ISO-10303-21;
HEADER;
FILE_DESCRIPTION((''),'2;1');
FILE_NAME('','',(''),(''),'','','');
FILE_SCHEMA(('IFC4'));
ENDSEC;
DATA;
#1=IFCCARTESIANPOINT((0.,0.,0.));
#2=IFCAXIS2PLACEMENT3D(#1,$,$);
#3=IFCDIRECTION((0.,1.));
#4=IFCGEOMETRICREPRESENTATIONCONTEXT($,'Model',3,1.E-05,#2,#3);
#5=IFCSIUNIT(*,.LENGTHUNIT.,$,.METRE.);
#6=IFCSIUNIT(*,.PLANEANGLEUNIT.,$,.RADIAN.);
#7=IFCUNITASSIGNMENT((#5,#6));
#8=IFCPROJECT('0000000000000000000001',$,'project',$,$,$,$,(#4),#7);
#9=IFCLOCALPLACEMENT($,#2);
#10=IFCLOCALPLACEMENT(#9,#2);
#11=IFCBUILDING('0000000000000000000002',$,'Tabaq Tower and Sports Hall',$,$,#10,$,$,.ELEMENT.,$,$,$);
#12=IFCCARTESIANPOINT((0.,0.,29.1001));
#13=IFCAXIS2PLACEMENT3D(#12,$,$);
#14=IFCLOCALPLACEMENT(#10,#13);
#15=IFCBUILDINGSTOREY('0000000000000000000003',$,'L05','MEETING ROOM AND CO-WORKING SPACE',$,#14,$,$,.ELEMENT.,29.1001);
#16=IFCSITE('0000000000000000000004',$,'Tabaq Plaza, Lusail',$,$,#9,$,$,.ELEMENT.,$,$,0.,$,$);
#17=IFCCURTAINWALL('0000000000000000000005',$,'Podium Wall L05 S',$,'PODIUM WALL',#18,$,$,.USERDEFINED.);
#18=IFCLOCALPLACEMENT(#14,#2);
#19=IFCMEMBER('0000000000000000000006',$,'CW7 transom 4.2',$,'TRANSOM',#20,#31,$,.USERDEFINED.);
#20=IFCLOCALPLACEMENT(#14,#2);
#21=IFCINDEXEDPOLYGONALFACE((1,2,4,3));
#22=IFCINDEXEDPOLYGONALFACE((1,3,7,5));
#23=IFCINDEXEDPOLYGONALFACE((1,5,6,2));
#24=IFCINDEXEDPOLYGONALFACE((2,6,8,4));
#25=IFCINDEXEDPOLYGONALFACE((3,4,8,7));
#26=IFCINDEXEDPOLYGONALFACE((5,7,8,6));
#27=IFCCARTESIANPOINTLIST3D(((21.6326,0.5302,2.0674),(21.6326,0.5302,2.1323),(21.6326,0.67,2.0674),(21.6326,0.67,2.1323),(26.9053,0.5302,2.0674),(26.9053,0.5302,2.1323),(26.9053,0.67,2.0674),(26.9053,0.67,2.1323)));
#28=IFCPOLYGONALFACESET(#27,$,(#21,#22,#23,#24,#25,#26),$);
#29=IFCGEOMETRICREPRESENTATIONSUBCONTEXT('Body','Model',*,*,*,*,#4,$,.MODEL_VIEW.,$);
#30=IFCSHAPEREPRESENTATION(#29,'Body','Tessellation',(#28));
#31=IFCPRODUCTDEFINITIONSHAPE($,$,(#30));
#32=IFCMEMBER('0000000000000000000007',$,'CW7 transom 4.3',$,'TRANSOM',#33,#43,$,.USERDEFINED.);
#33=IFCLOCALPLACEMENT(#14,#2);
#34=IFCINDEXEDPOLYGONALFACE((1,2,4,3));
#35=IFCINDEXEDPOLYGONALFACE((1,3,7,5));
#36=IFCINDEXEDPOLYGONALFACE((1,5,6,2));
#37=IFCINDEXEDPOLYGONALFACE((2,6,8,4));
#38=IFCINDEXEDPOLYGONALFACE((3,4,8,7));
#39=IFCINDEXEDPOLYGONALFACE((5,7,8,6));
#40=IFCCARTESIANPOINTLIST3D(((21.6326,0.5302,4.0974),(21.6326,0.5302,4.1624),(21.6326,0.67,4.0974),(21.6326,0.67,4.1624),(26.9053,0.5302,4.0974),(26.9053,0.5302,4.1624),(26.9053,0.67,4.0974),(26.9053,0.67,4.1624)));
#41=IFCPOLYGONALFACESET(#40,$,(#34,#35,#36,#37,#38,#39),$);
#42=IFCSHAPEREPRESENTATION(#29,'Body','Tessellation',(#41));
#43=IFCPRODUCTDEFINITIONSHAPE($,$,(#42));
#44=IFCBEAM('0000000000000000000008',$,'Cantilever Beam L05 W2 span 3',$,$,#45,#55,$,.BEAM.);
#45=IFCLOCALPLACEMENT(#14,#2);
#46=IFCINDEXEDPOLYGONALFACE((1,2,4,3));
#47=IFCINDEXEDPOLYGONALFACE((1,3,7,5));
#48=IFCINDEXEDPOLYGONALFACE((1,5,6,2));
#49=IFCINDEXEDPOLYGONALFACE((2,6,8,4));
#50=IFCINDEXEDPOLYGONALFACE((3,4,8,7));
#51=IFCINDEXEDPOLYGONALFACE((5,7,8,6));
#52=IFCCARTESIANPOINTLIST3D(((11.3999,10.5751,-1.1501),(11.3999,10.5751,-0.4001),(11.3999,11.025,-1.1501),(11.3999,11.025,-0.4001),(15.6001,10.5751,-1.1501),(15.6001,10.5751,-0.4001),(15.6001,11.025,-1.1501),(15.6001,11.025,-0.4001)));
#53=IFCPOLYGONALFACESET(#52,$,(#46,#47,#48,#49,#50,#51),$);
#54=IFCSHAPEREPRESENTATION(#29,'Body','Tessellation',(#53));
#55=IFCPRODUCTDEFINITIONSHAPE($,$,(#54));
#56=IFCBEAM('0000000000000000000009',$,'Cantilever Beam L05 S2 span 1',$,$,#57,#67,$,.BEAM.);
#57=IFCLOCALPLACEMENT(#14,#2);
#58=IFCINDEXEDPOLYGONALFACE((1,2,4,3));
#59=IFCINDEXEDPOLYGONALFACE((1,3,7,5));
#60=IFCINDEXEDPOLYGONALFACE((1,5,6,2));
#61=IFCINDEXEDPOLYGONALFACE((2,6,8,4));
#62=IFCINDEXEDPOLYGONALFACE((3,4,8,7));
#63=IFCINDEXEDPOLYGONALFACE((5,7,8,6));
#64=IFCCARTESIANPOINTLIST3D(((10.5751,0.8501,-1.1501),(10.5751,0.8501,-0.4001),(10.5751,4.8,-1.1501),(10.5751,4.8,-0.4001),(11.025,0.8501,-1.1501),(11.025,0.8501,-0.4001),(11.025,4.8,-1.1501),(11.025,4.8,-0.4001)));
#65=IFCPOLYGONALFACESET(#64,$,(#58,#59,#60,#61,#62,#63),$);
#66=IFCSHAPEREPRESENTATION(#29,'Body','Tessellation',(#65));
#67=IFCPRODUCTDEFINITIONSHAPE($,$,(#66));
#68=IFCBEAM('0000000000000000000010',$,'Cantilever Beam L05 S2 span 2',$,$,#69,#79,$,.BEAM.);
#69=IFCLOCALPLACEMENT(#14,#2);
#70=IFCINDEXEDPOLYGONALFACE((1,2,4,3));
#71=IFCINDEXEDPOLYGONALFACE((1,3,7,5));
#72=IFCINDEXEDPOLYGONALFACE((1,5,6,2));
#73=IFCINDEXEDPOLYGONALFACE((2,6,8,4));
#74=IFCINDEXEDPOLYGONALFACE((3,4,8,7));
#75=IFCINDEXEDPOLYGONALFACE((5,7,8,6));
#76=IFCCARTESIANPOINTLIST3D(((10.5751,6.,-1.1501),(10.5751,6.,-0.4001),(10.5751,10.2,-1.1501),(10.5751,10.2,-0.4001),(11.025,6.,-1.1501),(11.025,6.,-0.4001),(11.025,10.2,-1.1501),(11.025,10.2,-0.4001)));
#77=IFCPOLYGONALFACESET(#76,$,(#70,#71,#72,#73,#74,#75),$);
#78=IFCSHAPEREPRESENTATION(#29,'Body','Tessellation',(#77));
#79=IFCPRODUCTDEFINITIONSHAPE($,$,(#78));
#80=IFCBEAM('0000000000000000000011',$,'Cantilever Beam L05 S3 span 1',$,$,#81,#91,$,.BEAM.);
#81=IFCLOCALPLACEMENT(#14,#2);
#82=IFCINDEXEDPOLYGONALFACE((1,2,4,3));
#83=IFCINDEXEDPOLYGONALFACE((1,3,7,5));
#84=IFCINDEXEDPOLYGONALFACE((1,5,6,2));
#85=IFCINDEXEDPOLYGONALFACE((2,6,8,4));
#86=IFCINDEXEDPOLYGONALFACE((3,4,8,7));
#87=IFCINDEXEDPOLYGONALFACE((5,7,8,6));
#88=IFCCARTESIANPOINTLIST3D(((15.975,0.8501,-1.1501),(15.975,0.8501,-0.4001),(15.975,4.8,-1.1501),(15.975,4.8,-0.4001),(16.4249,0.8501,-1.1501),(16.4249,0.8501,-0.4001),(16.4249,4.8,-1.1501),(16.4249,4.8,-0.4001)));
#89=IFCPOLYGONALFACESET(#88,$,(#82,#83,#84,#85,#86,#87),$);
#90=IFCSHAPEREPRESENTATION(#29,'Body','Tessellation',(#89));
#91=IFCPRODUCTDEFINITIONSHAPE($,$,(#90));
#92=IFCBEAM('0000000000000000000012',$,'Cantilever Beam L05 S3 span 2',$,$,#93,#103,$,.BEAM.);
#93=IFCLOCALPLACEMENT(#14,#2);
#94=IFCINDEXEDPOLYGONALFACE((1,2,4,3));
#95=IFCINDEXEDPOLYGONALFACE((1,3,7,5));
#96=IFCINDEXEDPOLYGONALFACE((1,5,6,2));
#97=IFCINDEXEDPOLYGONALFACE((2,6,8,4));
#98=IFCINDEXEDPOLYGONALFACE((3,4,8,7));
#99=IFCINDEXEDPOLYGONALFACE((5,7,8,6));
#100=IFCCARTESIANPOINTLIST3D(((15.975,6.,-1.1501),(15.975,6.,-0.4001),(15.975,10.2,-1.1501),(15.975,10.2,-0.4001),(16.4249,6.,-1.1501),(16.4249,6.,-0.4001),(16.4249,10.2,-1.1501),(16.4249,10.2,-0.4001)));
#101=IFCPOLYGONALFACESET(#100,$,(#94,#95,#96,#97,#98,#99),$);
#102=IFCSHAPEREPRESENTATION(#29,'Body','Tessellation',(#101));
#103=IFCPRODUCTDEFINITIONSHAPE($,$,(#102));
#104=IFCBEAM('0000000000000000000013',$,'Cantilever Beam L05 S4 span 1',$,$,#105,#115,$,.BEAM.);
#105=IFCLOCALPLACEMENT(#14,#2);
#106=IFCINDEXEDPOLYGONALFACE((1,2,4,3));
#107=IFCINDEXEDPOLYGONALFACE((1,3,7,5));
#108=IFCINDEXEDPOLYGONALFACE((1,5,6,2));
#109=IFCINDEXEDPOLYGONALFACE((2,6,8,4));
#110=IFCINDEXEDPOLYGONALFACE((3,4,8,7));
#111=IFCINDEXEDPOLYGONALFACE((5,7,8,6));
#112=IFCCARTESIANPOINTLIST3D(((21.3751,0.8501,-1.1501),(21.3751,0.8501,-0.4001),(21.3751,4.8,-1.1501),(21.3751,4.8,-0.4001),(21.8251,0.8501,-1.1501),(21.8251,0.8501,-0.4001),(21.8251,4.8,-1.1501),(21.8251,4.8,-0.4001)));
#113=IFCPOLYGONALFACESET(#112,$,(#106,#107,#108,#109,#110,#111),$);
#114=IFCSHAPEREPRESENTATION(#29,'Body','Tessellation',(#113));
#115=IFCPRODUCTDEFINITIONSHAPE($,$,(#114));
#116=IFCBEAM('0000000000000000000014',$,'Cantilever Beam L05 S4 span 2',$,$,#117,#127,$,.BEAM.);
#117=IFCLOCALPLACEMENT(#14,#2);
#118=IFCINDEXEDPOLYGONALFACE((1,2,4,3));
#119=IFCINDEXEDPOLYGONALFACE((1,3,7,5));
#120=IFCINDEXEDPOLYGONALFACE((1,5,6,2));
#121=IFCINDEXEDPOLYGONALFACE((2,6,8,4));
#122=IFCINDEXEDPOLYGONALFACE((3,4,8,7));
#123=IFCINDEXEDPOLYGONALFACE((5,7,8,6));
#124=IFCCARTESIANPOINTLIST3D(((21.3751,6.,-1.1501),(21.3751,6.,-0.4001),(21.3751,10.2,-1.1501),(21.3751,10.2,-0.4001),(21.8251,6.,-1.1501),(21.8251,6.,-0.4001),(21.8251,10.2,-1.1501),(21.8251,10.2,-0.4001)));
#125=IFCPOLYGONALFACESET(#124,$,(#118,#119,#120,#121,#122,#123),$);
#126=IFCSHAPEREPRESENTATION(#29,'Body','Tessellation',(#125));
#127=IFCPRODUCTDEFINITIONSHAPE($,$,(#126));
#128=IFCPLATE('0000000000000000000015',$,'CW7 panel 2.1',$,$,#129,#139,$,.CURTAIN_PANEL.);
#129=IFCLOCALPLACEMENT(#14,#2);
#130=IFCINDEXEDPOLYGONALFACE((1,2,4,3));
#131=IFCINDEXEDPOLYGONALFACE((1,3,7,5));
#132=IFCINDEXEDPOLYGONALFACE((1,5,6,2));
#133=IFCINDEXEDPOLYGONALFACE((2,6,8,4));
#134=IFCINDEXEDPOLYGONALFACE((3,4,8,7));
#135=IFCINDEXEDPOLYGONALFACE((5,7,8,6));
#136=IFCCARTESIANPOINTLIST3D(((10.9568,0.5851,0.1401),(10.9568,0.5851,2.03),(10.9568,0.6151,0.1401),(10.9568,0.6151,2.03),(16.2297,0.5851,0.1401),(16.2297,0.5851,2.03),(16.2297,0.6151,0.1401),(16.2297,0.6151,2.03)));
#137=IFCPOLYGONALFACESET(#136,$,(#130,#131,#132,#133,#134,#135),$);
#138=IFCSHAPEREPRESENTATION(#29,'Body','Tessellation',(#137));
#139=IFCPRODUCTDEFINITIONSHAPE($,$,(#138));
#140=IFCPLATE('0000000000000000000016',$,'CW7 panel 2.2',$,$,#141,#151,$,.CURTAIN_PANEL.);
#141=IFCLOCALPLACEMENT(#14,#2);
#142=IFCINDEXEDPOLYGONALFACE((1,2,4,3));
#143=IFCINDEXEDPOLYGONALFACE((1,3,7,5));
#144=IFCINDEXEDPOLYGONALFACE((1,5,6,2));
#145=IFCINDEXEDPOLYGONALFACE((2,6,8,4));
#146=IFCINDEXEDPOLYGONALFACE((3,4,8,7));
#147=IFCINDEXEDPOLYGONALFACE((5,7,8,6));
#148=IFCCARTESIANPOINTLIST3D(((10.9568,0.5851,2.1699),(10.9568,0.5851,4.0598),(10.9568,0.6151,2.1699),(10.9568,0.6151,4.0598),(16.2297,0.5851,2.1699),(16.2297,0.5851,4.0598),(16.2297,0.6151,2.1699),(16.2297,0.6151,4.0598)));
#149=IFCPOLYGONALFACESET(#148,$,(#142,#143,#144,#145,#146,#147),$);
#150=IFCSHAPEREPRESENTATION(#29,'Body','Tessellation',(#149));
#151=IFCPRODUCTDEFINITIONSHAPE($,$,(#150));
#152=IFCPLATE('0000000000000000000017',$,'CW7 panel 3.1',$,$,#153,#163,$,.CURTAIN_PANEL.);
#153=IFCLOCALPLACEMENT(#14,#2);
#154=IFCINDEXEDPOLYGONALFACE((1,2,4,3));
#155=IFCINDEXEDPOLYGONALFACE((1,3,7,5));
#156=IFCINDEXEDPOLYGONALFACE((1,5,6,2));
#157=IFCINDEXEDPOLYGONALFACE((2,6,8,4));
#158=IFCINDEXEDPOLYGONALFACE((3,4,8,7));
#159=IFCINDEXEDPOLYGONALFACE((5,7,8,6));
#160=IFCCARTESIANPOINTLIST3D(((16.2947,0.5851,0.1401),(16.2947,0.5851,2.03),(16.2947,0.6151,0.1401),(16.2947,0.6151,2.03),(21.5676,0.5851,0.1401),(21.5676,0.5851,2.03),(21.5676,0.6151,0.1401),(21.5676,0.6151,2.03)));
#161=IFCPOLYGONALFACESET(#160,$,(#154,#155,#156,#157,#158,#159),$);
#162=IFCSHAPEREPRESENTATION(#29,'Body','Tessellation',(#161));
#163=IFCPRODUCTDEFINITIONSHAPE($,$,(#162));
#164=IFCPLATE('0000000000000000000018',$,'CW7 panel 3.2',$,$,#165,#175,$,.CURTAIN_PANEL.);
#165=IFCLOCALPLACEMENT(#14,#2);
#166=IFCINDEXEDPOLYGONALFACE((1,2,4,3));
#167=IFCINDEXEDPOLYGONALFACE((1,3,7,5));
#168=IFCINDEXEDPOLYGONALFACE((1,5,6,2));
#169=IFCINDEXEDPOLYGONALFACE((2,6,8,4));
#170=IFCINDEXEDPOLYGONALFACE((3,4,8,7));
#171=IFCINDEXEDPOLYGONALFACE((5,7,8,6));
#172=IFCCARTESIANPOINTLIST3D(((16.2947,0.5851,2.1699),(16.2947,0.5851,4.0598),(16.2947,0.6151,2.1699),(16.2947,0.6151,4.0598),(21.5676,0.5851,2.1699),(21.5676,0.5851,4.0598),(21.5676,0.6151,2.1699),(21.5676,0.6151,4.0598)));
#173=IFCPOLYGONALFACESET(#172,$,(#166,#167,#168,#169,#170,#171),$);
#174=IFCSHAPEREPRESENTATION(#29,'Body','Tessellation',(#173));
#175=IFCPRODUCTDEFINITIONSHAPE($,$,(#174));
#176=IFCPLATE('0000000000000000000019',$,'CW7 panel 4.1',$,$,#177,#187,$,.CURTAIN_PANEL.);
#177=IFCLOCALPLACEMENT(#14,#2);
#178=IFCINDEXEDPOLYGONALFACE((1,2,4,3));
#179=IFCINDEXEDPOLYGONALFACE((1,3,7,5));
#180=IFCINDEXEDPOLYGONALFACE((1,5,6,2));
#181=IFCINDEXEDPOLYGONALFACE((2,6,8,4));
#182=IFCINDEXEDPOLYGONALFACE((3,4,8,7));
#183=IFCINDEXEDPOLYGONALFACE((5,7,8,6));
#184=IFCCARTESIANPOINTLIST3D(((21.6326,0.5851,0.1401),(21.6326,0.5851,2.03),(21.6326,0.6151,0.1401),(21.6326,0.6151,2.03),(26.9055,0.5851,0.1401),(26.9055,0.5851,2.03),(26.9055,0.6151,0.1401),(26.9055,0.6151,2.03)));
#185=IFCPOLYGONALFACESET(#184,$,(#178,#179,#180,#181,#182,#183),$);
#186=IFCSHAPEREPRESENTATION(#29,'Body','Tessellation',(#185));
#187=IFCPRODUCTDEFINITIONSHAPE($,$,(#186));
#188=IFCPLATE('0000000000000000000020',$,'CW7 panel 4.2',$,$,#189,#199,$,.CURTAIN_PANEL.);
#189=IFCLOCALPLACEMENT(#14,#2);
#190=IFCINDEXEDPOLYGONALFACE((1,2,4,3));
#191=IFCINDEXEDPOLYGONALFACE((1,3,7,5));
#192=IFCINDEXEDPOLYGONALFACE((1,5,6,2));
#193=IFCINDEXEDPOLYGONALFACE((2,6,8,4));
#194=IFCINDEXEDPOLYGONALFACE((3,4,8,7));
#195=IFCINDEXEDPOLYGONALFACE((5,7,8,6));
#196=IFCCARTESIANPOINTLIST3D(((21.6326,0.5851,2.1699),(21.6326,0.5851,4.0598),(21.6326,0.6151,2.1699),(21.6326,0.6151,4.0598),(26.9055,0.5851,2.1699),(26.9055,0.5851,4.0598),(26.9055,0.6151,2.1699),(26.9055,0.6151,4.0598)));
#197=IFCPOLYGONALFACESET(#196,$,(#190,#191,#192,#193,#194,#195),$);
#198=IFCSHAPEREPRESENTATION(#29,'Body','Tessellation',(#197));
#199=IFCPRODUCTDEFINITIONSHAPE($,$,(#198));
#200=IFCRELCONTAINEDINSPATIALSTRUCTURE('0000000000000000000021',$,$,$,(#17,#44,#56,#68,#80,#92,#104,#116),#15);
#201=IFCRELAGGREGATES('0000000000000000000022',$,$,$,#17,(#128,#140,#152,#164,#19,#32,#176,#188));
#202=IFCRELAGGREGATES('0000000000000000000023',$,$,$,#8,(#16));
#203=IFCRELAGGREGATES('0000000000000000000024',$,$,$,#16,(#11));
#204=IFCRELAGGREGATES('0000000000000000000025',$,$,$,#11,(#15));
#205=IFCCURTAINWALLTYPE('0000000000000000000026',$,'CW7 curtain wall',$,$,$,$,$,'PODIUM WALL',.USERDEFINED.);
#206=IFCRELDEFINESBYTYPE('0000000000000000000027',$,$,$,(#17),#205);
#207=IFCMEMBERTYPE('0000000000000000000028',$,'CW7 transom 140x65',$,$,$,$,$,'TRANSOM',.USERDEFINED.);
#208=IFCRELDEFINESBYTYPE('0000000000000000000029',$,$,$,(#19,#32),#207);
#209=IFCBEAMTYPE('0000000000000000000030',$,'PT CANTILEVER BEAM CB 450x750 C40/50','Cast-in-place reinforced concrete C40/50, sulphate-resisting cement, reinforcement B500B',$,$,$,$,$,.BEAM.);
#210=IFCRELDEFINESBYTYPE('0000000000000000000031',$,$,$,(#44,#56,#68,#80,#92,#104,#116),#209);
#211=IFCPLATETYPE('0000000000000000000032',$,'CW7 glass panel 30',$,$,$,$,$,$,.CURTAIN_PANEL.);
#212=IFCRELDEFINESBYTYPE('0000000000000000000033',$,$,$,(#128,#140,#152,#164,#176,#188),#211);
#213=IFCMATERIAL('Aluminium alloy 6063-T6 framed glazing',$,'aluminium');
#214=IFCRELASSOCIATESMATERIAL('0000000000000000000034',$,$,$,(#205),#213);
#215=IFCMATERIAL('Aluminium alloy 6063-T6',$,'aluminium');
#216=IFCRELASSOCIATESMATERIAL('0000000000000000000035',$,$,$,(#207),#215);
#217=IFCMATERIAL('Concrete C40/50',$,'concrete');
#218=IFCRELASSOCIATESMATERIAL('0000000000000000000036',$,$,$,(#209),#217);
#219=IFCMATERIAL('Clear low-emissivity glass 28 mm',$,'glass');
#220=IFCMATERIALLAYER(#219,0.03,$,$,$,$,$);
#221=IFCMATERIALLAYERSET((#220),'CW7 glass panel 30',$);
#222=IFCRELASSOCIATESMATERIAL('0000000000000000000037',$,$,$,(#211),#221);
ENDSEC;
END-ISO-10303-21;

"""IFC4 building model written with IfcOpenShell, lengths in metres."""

from ifc_helpers import new_model, si_unit, direction, frame, origin, origin_2d, place, context, subcontext, project, spatial, rectangle, extrude, material, layer, layer_set, material_profile, profile_set, type_object, element, aggregate, save


model = new_model("IFC4")

# Units and contexts
model_context = context("Model", 3, precision=1e-05, world=origin(), true_north=direction((0.0, 1.0)))
body_context = subcontext(model_context, "Body", "Model", "MODEL_VIEW")
ifc_project = project(units=[si_unit("LENGTHUNIT", "METRE"), si_unit("PLANEANGLEUNIT", "RADIAN")], contexts=[model_context])

# Site, building, storey
site_placement = place(None, origin())
site = spatial("IfcSite", under=ifc_project, at=site_placement, Name="Tabaq Plaza, Lusail", CompositionType="ELEMENT", RefElevation=0.0)
building_placement = place(site_placement, origin())
building = spatial("IfcBuilding", under=site, at=building_placement, Name="Tabaq Tower and Sports Hall", CompositionType="ELEMENT")
storey_placement = place(building_placement, frame((0.0, 0.0, 29.1001)))
storey = spatial("IfcBuildingStorey", under=building, at=storey_placement, Name="L05", Description="MEETING ROOM AND CO-WORKING SPACE", CompositionType="ELEMENT", Elevation=29.1001)

# Curtain wall, members
ifc_material_1 = material(Name="Aluminium alloy 6063-T6 framed glazing", Category="aluminium")
curtain_wall_type = type_object("IfcCurtainWallType", Name="CW7 curtain wall", ElementType="PODIUM WALL", PredefinedType="USERDEFINED", material=ifc_material_1)
curtain_wall_placement = place(storey_placement, origin())
curtain_wall = element("IfcCurtainWall", 1, at=curtain_wall_placement, inside=storey, type_object=curtain_wall_type, Name="Podium Wall L05 S", ObjectType="PODIUM WALL", PredefinedType="USERDEFINED")
ifc_material_2 = material(Name="Aluminium alloy 6063-T6", Category="aluminium")
ifc_material_profile_1 = material_profile(ifc_material_2, rectangle(XDim=0.1399, YDim=0.0649, at=origin_2d()), Name="TRANSOM 140x65")
ifc_profile_set_1 = profile_set([ifc_material_profile_1], Name="Aluminium alloy 6063-T6")
member_type_1 = type_object("IfcMemberType", Name="CW7 transom 140x65", ElementType="TRANSOM", PredefinedType="USERDEFINED", material=ifc_profile_set_1)
member_1_placement = place(storey_placement, frame((21.6326, 0.6001, 2.0999), z_axis=(1.0, 0.0, 0.0), x_axis=(0.0, 1.0, 0.0)))
member_1 = element("IfcMember", 2, at=member_1_placement, type_object=member_type_1, Name="CW7 transom 4.2", ObjectType="TRANSOM", PredefinedType="USERDEFINED", context=body_context, shape_type="SweptSolid", body=[
    extrude(rectangle(XDim=0.1399, YDim=0.0649, at=origin_2d()), origin(), (0.0, 0.0, 1.0), 5.2727),
])
member_2_placement = place(storey_placement, frame((21.6326, 0.6001, 4.1299), z_axis=(1.0, 0.0, 0.0), x_axis=(0.0, 1.0, 0.0)))
member_2 = element("IfcMember", 3, at=member_2_placement, type_object=member_type_1, Name="CW7 transom 4.3", ObjectType="TRANSOM", PredefinedType="USERDEFINED", context=body_context, shape_type="SweptSolid", body=[
    extrude(rectangle(XDim=0.1399, YDim=0.0649, at=origin_2d()), origin(), (0.0, 0.0, 1.0), 5.2727),
])

# Beams
ifc_material_3 = material(Name="Concrete C40/50", Category="concrete")
ifc_material_profile_2 = material_profile(ifc_material_3, rectangle(XDim=0.45, YDim=0.75, at=origin_2d()), Name="CB 450x750")
ifc_profile_set_2 = profile_set([ifc_material_profile_2], Name="Concrete C40/50")
beam_type = type_object("IfcBeamType", Name="PT CANTILEVER BEAM CB 450x750 C40/50", Description="Cast-in-place reinforced concrete C40/50, sulphate-resisting cement, reinforcement B500B", PredefinedType="BEAM", material=ifc_profile_set_2)
beam_1_placement = place(storey_placement, frame((11.3999, 10.8, -0.7751), z_axis=(1.0, 0.0, 0.0), x_axis=(0.0, 1.0, 0.0)))
element("IfcBeam", 4, at=beam_1_placement, inside=storey, type_object=beam_type, Name="Cantilever Beam L05 W2 span 3", PredefinedType="BEAM", context=body_context, shape_type="SweptSolid", body=[
    extrude(rectangle(XDim=0.45, YDim=0.75, at=origin_2d()), origin(), (0.0, 0.0, 1.0), 4.2002),
])
beam_2_placement = place(storey_placement, frame((10.8, 0.8501, -0.7751), z_axis=(0.0, 1.0, 0.0), x_axis=(-1.0, 0.0, 0.0)))
element("IfcBeam", 5, at=beam_2_placement, inside=storey, type_object=beam_type, Name="Cantilever Beam L05 S2 span 1", PredefinedType="BEAM", context=body_context, shape_type="SweptSolid", body=[
    extrude(rectangle(XDim=0.45, YDim=0.75, at=origin_2d()), origin(), (0.0, 0.0, 1.0), 3.95),
])
beam_3_placement = place(storey_placement, frame((10.8, 6.0, -0.7751), z_axis=(0.0, 1.0, 0.0), x_axis=(-1.0, 0.0, 0.0)))
element("IfcBeam", 6, at=beam_3_placement, inside=storey, type_object=beam_type, Name="Cantilever Beam L05 S2 span 2", PredefinedType="BEAM", context=body_context, shape_type="SweptSolid", body=[
    extrude(rectangle(XDim=0.45, YDim=0.75, at=origin_2d()), origin(), (0.0, 0.0, 1.0), 4.2),
])
beam_4_placement = place(storey_placement, frame((16.2, 0.8501, -0.7751), z_axis=(0.0, 1.0, 0.0), x_axis=(-1.0, 0.0, 0.0)))
element("IfcBeam", 7, at=beam_4_placement, inside=storey, type_object=beam_type, Name="Cantilever Beam L05 S3 span 1", PredefinedType="BEAM", context=body_context, shape_type="SweptSolid", body=[
    extrude(rectangle(XDim=0.45, YDim=0.75, at=origin_2d()), origin(), (0.0, 0.0, 1.0), 3.95),
])
beam_5_placement = place(storey_placement, frame((16.2, 6.0, -0.7751), z_axis=(0.0, 1.0, 0.0), x_axis=(-1.0, 0.0, 0.0)))
element("IfcBeam", 8, at=beam_5_placement, inside=storey, type_object=beam_type, Name="Cantilever Beam L05 S3 span 2", PredefinedType="BEAM", context=body_context, shape_type="SweptSolid", body=[
    extrude(rectangle(XDim=0.45, YDim=0.75, at=origin_2d()), origin(), (0.0, 0.0, 1.0), 4.2),
])
beam_6_placement = place(storey_placement, frame((21.6001, 0.8501, -0.7751), z_axis=(0.0, 1.0, 0.0), x_axis=(-1.0, 0.0, 0.0)))
element("IfcBeam", 9, at=beam_6_placement, inside=storey, type_object=beam_type, Name="Cantilever Beam L05 S4 span 1", PredefinedType="BEAM", context=body_context, shape_type="SweptSolid", body=[
    extrude(rectangle(XDim=0.45, YDim=0.75, at=origin_2d()), origin(), (0.0, 0.0, 1.0), 3.95),
])
beam_7_placement = place(storey_placement, frame((21.6001, 6.0, -0.7751), z_axis=(0.0, 1.0, 0.0), x_axis=(-1.0, 0.0, 0.0)))
element("IfcBeam", 10, at=beam_7_placement, inside=storey, type_object=beam_type, Name="Cantilever Beam L05 S4 span 2", PredefinedType="BEAM", context=body_context, shape_type="SweptSolid", body=[
    extrude(rectangle(XDim=0.45, YDim=0.75, at=origin_2d()), origin(), (0.0, 0.0, 1.0), 4.2),
])

# Plates
ifc_material_4 = material(Name="Clear low-emissivity glass 28 mm", Category="glass")
ifc_layer_1 = layer(ifc_material_4, 0.03)
ifc_layer_set_1 = layer_set([ifc_layer_1], Name="CW7 glass panel 30")
plate_type = type_object("IfcPlateType", Name="CW7 glass panel 30", PredefinedType="CURTAIN_PANEL", material=ifc_layer_set_1)
plate_1_placement = place(storey_placement, frame((13.5933, 0.6001, 0.1401), z_axis=(0.0, 0.0, 1.0), x_axis=(1.0, 0.0, 0.0)))
plate_1 = element("IfcPlate", 11, at=plate_1_placement, type_object=plate_type, Name="CW7 panel 2.1", PredefinedType="CURTAIN_PANEL", context=body_context, shape_type="SweptSolid", body=[
    extrude(rectangle(XDim=5.2729, YDim=0.03, at=origin_2d()), origin(), (0.0, 0.0, 1.0), 1.8899),
])
plate_2_placement = place(storey_placement, frame((13.5933, 0.6001, 2.1699), z_axis=(0.0, 0.0, 1.0), x_axis=(1.0, 0.0, 0.0)))
plate_2 = element("IfcPlate", 12, at=plate_2_placement, type_object=plate_type, Name="CW7 panel 2.2", PredefinedType="CURTAIN_PANEL", context=body_context, shape_type="SweptSolid", body=[
    extrude(rectangle(XDim=5.2729, YDim=0.03, at=origin_2d()), origin(), (0.0, 0.0, 1.0), 1.8899),
])
plate_3_placement = place(storey_placement, frame((18.9312, 0.6001, 0.1401), z_axis=(0.0, 0.0, 1.0), x_axis=(1.0, 0.0, 0.0)))
plate_3 = element("IfcPlate", 13, at=plate_3_placement, type_object=plate_type, Name="CW7 panel 3.1", PredefinedType="CURTAIN_PANEL", context=body_context, shape_type="SweptSolid", body=[
    extrude(rectangle(XDim=5.2729, YDim=0.03, at=origin_2d()), origin(), (0.0, 0.0, 1.0), 1.8899),
])
plate_4_placement = place(storey_placement, frame((18.9312, 0.6001, 2.1699), z_axis=(0.0, 0.0, 1.0), x_axis=(1.0, 0.0, 0.0)))
plate_4 = element("IfcPlate", 14, at=plate_4_placement, type_object=plate_type, Name="CW7 panel 3.2", PredefinedType="CURTAIN_PANEL", context=body_context, shape_type="SweptSolid", body=[
    extrude(rectangle(XDim=5.2729, YDim=0.03, at=origin_2d()), origin(), (0.0, 0.0, 1.0), 1.8899),
])
plate_5_placement = place(storey_placement, frame((24.269, 0.6001, 0.1401), z_axis=(0.0, 0.0, 1.0), x_axis=(1.0, 0.0, 0.0)))
plate_5 = element("IfcPlate", 15, at=plate_5_placement, type_object=plate_type, Name="CW7 panel 4.1", PredefinedType="CURTAIN_PANEL", context=body_context, shape_type="SweptSolid", body=[
    extrude(rectangle(XDim=5.2729, YDim=0.03, at=origin_2d()), origin(), (0.0, 0.0, 1.0), 1.8899),
])
plate_6_placement = place(storey_placement, frame((24.269, 0.6001, 2.1699), z_axis=(0.0, 0.0, 1.0), x_axis=(1.0, 0.0, 0.0)))
plate_6 = element("IfcPlate", 16, at=plate_6_placement, type_object=plate_type, Name="CW7 panel 4.2", PredefinedType="CURTAIN_PANEL", context=body_context, shape_type="SweptSolid", body=[
    extrude(rectangle(XDim=5.2729, YDim=0.03, at=origin_2d()), origin(), (0.0, 0.0, 1.0), 1.8899),
])
aggregate(curtain_wall, [plate_1, plate_2, plate_3, plate_4, member_1, member_2, plate_5, plate_6])

save(model, "model.ifc")
